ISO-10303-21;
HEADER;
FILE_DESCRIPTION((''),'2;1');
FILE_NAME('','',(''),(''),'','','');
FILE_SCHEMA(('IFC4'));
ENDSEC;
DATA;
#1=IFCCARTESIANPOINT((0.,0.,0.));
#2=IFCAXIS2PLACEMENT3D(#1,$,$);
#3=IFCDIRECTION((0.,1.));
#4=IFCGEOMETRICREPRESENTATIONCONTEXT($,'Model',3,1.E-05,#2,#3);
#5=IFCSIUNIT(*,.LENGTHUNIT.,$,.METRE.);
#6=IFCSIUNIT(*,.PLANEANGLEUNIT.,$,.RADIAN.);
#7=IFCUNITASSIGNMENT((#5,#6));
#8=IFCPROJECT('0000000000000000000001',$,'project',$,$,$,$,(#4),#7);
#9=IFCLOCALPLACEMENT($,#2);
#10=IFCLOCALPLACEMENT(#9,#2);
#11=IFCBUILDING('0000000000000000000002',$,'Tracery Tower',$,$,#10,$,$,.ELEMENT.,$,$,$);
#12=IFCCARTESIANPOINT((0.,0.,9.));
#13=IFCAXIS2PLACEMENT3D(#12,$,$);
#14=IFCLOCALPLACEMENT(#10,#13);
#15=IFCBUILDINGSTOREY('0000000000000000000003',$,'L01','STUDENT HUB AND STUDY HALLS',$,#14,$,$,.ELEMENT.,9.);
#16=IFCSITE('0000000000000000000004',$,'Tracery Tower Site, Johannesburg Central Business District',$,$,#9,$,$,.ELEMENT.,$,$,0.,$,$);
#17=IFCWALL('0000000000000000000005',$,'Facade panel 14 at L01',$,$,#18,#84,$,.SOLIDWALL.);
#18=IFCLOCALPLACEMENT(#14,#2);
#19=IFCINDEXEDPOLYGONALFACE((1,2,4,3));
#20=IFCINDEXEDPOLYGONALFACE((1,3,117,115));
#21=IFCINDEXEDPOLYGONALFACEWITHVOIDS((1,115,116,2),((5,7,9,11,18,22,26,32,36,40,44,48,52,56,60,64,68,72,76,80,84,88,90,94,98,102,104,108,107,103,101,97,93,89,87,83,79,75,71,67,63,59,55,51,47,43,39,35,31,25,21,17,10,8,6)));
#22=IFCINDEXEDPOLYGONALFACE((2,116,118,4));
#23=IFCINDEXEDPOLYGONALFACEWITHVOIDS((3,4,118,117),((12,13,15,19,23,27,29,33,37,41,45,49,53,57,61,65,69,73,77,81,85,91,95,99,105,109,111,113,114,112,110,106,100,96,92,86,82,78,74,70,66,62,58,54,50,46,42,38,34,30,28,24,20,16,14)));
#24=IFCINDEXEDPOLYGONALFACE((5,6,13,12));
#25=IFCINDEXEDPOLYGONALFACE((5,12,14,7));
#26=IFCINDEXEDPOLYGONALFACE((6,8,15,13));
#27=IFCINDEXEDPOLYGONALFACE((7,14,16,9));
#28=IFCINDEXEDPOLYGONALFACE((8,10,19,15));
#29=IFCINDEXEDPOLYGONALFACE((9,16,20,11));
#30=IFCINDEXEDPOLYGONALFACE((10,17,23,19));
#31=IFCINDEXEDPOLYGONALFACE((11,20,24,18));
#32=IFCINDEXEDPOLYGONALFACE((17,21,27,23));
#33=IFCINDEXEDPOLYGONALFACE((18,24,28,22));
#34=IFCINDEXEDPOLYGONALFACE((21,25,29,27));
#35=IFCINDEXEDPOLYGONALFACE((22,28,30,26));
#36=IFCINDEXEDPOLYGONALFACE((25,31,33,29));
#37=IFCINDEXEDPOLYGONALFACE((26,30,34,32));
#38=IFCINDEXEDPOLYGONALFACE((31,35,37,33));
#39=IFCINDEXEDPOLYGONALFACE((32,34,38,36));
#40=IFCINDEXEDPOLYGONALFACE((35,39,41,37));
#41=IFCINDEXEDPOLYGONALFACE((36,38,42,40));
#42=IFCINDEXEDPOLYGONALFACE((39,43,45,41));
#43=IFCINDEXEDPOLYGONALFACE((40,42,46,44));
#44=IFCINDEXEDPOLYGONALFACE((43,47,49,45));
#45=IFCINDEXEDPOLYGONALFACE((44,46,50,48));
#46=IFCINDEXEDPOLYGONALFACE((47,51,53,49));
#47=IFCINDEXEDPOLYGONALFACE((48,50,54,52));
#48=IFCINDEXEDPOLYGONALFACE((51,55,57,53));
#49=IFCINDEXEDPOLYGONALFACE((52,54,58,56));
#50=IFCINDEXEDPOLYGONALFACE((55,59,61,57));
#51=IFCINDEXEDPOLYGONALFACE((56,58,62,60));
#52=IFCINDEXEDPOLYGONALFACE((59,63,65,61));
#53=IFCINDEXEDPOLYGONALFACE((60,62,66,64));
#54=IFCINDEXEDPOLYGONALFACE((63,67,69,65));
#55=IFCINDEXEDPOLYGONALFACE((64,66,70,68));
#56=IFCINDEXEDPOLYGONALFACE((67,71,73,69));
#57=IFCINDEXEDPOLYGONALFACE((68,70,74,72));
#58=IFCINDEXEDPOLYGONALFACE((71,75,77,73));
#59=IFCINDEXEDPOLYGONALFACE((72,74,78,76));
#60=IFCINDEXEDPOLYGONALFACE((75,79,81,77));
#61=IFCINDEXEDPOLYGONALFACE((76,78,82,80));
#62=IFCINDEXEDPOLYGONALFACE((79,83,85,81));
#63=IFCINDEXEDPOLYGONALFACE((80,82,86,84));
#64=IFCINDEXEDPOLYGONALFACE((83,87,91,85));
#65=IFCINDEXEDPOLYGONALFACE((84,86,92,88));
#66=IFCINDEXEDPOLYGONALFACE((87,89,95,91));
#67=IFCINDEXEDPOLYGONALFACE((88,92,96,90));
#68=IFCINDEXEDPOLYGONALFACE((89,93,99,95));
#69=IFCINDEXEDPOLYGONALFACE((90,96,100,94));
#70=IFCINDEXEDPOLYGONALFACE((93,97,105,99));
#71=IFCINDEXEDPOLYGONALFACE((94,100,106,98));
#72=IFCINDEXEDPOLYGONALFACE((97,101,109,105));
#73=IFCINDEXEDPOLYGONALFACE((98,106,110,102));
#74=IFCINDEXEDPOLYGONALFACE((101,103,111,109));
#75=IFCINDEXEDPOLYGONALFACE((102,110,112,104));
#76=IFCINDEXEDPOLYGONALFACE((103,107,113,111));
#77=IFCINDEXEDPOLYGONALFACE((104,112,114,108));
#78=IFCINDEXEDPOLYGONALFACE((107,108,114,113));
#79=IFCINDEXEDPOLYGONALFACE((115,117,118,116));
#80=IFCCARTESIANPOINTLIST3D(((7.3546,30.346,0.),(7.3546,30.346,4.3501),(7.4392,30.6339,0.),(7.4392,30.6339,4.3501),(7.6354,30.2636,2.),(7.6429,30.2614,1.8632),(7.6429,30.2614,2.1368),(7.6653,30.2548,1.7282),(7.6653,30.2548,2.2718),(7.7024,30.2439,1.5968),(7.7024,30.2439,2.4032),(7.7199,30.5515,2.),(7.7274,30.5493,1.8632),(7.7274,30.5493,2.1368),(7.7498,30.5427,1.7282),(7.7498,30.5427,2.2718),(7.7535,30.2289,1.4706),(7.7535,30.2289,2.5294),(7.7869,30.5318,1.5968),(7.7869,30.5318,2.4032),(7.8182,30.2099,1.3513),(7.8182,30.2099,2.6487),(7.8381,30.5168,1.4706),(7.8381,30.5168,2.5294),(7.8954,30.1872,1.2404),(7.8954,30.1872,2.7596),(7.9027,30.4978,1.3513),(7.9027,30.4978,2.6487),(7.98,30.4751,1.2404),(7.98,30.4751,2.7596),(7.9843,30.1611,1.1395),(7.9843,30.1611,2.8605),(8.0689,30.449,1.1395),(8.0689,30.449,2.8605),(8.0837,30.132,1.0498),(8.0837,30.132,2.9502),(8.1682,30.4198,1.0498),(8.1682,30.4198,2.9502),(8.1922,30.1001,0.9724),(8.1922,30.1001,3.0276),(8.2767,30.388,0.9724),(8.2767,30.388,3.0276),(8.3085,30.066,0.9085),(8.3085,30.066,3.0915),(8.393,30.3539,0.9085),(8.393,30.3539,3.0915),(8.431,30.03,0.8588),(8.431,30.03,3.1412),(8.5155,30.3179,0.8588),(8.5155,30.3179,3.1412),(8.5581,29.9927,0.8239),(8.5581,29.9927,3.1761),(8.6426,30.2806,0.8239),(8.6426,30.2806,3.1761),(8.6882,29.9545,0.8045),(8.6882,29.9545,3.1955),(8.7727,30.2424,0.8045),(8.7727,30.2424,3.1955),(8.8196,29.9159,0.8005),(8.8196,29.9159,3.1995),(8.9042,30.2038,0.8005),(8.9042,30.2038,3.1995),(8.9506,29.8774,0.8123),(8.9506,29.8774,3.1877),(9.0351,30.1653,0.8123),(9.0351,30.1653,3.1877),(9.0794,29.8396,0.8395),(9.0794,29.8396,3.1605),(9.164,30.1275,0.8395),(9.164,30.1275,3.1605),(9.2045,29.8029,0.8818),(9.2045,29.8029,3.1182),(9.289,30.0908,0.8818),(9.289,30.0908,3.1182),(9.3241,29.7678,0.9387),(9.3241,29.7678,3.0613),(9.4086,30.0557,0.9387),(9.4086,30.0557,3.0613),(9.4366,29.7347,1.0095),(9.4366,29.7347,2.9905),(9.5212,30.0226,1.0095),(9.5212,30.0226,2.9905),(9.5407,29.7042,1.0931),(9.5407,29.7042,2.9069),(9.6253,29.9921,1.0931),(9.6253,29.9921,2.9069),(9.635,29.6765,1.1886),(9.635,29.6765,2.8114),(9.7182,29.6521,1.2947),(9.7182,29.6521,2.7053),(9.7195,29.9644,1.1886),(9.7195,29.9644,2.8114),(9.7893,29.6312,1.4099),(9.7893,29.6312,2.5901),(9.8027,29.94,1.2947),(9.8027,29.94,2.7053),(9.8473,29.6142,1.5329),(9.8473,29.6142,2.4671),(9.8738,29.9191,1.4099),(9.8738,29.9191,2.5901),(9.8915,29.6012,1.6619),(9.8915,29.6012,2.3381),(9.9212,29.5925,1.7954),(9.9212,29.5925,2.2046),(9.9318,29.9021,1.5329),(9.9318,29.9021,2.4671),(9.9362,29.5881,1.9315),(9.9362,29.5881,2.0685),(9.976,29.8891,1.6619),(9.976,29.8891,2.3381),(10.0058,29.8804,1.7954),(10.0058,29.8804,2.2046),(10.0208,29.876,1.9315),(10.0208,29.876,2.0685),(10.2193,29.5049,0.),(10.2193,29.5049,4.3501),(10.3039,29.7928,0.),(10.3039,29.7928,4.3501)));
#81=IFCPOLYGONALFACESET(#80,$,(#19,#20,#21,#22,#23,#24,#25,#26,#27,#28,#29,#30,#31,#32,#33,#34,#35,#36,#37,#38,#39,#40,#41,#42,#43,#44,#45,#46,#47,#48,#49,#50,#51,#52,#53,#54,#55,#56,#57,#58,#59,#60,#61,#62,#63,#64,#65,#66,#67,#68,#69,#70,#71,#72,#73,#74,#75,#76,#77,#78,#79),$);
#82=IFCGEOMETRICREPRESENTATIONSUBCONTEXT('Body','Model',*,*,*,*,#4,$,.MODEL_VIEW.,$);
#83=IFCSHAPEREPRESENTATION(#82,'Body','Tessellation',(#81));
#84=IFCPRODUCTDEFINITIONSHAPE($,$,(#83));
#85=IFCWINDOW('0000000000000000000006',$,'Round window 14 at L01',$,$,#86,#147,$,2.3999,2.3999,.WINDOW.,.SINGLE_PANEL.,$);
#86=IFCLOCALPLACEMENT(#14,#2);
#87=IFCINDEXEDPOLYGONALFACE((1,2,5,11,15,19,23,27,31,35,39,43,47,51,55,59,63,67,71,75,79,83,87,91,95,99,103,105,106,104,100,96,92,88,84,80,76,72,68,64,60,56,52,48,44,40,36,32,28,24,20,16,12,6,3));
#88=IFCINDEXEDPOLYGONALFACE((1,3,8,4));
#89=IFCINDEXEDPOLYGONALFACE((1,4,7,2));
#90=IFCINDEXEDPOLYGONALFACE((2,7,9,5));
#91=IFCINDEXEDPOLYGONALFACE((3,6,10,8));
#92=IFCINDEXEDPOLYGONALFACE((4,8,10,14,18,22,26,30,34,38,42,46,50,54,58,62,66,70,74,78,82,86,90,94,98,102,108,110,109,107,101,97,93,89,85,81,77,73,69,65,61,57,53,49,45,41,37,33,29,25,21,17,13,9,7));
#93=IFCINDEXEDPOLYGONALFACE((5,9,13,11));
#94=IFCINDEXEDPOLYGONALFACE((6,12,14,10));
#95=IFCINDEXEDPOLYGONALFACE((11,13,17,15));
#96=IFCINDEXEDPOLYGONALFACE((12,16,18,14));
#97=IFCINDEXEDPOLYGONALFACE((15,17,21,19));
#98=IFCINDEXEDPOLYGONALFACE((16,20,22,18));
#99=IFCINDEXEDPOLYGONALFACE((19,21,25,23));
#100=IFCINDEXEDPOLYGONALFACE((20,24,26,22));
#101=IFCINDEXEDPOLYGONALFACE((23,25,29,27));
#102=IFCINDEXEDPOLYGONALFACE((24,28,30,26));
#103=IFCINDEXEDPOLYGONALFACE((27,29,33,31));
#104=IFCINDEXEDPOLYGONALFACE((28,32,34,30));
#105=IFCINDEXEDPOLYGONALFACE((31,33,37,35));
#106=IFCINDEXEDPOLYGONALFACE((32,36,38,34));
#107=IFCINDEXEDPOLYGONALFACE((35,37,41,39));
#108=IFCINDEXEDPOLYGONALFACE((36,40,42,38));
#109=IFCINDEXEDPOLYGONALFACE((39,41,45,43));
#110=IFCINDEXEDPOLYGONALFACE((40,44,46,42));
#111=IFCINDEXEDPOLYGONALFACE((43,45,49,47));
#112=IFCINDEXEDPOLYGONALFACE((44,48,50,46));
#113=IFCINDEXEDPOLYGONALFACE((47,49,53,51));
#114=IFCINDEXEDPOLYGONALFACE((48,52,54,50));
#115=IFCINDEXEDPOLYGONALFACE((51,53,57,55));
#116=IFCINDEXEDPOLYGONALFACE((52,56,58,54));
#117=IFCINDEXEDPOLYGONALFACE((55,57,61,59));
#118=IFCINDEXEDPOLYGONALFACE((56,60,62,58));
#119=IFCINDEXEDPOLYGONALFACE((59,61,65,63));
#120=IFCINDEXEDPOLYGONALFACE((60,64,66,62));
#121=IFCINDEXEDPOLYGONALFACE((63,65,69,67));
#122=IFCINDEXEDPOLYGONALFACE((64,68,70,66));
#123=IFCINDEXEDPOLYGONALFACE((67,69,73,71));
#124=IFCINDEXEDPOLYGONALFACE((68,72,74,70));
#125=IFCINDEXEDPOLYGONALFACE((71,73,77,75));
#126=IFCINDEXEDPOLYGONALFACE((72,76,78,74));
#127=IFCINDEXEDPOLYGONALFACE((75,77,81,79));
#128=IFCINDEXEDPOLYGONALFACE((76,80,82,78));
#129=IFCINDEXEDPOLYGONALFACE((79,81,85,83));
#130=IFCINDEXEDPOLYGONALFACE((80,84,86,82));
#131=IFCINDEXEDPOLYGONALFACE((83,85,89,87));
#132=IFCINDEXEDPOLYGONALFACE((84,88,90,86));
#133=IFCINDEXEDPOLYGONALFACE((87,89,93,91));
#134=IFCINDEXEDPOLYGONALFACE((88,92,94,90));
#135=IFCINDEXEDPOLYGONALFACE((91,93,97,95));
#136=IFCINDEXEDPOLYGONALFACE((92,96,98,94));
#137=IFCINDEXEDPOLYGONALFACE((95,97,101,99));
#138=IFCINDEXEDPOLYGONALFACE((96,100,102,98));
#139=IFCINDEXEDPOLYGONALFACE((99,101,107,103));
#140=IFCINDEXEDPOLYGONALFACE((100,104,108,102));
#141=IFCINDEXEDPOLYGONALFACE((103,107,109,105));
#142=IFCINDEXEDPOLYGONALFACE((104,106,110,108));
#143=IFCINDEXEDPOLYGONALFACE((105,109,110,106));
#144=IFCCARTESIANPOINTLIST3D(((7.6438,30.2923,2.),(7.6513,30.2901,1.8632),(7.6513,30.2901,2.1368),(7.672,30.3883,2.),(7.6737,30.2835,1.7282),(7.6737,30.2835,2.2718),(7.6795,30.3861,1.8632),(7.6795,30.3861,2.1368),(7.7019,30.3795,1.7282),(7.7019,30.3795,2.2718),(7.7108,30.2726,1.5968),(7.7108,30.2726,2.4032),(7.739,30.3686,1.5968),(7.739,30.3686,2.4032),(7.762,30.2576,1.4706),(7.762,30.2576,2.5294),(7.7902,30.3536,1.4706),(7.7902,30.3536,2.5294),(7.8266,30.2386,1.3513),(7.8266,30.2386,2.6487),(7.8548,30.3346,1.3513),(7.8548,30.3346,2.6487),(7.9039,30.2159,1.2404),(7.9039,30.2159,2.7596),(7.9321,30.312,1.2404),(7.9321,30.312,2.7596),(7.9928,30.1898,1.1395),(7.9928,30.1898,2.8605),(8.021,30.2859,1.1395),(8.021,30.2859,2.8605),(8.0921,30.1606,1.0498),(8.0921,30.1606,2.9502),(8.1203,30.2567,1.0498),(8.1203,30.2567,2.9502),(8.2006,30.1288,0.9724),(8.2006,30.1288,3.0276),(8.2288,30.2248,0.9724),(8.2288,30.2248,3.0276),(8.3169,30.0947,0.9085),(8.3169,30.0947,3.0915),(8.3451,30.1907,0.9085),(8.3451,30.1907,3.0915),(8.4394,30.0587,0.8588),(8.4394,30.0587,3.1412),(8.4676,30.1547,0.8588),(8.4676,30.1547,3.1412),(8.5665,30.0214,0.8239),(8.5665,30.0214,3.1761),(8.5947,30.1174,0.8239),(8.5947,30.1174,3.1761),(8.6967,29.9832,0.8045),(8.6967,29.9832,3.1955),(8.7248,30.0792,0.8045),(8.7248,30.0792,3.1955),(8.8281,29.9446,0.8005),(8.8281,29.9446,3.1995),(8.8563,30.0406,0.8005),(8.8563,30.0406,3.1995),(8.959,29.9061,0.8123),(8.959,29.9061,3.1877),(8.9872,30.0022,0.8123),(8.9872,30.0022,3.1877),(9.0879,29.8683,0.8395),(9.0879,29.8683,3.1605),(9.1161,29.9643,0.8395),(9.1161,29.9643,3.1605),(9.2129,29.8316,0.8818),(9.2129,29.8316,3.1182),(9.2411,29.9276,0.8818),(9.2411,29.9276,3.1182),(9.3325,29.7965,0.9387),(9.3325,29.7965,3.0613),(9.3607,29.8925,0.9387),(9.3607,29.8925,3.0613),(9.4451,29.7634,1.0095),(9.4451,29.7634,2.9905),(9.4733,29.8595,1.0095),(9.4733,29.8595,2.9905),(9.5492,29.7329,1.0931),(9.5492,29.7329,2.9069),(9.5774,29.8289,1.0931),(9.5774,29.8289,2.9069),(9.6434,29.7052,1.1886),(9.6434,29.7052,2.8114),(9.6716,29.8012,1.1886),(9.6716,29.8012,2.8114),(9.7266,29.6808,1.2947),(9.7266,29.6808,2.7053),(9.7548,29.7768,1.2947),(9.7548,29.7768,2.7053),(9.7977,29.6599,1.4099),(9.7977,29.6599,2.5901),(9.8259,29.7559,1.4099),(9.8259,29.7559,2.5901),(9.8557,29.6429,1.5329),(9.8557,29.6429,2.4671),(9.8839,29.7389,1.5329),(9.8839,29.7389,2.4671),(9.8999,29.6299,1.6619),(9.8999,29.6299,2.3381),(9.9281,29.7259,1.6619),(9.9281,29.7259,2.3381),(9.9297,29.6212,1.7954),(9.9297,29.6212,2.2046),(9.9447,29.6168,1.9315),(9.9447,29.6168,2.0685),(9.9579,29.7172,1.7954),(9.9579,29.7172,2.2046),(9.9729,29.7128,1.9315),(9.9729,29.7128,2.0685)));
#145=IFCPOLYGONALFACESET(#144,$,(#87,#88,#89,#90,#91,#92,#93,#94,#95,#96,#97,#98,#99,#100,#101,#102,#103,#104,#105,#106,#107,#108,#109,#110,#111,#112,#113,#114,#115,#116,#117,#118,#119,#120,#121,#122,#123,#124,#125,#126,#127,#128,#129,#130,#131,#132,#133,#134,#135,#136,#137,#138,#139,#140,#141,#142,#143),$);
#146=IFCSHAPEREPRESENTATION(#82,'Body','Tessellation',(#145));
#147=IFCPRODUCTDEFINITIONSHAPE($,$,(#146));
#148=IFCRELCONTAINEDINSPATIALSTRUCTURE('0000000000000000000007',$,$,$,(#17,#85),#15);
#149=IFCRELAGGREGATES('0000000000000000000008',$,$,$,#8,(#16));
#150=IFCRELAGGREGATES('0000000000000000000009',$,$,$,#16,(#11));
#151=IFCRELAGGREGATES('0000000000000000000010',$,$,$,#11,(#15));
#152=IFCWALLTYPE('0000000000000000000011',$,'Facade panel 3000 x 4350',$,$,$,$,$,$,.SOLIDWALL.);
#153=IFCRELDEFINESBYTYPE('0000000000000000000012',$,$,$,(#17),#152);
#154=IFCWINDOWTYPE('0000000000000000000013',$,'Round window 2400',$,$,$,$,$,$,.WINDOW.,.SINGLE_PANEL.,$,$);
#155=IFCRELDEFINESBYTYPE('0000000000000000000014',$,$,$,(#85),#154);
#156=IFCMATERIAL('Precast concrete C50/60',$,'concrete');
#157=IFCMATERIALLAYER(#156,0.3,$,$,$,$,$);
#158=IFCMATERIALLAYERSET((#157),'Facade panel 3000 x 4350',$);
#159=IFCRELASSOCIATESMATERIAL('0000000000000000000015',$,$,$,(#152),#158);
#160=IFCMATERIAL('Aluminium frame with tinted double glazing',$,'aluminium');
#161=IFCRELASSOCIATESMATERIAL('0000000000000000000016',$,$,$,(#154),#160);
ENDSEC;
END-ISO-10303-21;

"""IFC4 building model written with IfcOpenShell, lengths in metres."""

from ifc_helpers import new_model, si_unit, direction, frame, frame_2d, origin, origin_2d, place, context, subcontext, project, spatial, rectangle, circle, extrude, material, layer, layer_set, type_object, element, fill, save


model = new_model("IFC4")

# Units and contexts
model_context = context("Model", 3, precision=1e-05, world=origin(), true_north=direction((0.0, 1.0)))
body_context = subcontext(model_context, "Body", "Model", "MODEL_VIEW")
ifc_project = project(units=[si_unit("LENGTHUNIT", "METRE"), si_unit("PLANEANGLEUNIT", "RADIAN")], contexts=[model_context])

# Site, building, storey
site_placement = place(None, origin())
site = spatial("IfcSite", under=ifc_project, at=site_placement, Name="Tracery Tower Site, Johannesburg Central Business District", CompositionType="ELEMENT", RefElevation=0.0)
building_placement = place(site_placement, origin())
building = spatial("IfcBuilding", under=site, at=building_placement, Name="Tracery Tower", CompositionType="ELEMENT")
storey_placement = place(building_placement, frame((0.0, 0.0, 9.0)))
storey = spatial("IfcBuildingStorey", under=building, at=storey_placement, Name="L01", Description="STUDENT HUB AND STUDY HALLS", CompositionType="ELEMENT", Elevation=9.0)

# Wall, opening, window
ifc_material_1 = material(Name="Precast concrete C50/60", Category="concrete")
ifc_layer_1 = layer(ifc_material_1, 0.3)
ifc_layer_set_1 = layer_set([ifc_layer_1], Name="Facade panel 3000 x 4350")
wall_type_1 = type_object("IfcWallType", Name="Facade panel 3000 x 4350", PredefinedType="SOLIDWALL", material=ifc_layer_set_1)
ifc_material_2 = material(Name="Aluminium frame with tinted double glazing", Category="aluminium")
window_type = type_object("IfcWindowType", Name="Round window 2400", PartitioningType="SINGLE_PANEL", PredefinedType="WINDOW", material=ifc_material_2)
wall_1_placement = place(storey_placement, frame((10.2615, 29.6489, 0.0), z_axis=(0.0, 0.0, 1.0), x_axis=(-0.959502, 0.281701, 0.0)))
wall_1 = element("IfcWall", 1, at=wall_1_placement, inside=storey, type_object=wall_type_1, Name="Facade panel 14 at L01", PredefinedType="SOLIDWALL", context=body_context, shape_type="SweptSolid", body=[
    extrude(rectangle(XDim=2.9856, YDim=0.3, at=frame_2d((1.4927, 0.0))), origin(), (0.0, 0.0, 1.0), 4.3501),
])
opening_1_placement = place(wall_1_placement, frame((1.4929, 0.0, 2.0)))
opening_1 = element("IfcOpeningElement", 2, at=opening_1_placement, cuts=wall_1, PredefinedType="OPENING", context=body_context, shape_type="SweptSolid", body=[
    extrude(circle(Radius=1.2, at=origin_2d()), frame((0.0, 0.1599, 0.0), z_axis=(0.0, -1.0, 0.0), x_axis=(1.0, 0.0, 0.0)), (0.0, 0.0, 1.0), 0.3201),
])
window_1_placement = place(opening_1_placement, origin())
window_1 = element("IfcWindow", 3, at=window_1_placement, inside=storey, type_object=window_type, Name="Round window 14 at L01", OverallHeight=2.3999, OverallWidth=2.3999, PartitioningType="SINGLE_PANEL", PredefinedType="WINDOW", context=body_context, shape_type="SweptSolid", body=[
    extrude(circle(Radius=1.2, at=origin_2d()), frame((0.0, 0.1201, 0.0), z_axis=(0.0, -1.0, 0.0), x_axis=(1.0, 0.0, 0.0)), (0.0, 0.0, 1.0), 0.1001),
])
fill(opening_1, window_1)

save(model, "model.ifc")
